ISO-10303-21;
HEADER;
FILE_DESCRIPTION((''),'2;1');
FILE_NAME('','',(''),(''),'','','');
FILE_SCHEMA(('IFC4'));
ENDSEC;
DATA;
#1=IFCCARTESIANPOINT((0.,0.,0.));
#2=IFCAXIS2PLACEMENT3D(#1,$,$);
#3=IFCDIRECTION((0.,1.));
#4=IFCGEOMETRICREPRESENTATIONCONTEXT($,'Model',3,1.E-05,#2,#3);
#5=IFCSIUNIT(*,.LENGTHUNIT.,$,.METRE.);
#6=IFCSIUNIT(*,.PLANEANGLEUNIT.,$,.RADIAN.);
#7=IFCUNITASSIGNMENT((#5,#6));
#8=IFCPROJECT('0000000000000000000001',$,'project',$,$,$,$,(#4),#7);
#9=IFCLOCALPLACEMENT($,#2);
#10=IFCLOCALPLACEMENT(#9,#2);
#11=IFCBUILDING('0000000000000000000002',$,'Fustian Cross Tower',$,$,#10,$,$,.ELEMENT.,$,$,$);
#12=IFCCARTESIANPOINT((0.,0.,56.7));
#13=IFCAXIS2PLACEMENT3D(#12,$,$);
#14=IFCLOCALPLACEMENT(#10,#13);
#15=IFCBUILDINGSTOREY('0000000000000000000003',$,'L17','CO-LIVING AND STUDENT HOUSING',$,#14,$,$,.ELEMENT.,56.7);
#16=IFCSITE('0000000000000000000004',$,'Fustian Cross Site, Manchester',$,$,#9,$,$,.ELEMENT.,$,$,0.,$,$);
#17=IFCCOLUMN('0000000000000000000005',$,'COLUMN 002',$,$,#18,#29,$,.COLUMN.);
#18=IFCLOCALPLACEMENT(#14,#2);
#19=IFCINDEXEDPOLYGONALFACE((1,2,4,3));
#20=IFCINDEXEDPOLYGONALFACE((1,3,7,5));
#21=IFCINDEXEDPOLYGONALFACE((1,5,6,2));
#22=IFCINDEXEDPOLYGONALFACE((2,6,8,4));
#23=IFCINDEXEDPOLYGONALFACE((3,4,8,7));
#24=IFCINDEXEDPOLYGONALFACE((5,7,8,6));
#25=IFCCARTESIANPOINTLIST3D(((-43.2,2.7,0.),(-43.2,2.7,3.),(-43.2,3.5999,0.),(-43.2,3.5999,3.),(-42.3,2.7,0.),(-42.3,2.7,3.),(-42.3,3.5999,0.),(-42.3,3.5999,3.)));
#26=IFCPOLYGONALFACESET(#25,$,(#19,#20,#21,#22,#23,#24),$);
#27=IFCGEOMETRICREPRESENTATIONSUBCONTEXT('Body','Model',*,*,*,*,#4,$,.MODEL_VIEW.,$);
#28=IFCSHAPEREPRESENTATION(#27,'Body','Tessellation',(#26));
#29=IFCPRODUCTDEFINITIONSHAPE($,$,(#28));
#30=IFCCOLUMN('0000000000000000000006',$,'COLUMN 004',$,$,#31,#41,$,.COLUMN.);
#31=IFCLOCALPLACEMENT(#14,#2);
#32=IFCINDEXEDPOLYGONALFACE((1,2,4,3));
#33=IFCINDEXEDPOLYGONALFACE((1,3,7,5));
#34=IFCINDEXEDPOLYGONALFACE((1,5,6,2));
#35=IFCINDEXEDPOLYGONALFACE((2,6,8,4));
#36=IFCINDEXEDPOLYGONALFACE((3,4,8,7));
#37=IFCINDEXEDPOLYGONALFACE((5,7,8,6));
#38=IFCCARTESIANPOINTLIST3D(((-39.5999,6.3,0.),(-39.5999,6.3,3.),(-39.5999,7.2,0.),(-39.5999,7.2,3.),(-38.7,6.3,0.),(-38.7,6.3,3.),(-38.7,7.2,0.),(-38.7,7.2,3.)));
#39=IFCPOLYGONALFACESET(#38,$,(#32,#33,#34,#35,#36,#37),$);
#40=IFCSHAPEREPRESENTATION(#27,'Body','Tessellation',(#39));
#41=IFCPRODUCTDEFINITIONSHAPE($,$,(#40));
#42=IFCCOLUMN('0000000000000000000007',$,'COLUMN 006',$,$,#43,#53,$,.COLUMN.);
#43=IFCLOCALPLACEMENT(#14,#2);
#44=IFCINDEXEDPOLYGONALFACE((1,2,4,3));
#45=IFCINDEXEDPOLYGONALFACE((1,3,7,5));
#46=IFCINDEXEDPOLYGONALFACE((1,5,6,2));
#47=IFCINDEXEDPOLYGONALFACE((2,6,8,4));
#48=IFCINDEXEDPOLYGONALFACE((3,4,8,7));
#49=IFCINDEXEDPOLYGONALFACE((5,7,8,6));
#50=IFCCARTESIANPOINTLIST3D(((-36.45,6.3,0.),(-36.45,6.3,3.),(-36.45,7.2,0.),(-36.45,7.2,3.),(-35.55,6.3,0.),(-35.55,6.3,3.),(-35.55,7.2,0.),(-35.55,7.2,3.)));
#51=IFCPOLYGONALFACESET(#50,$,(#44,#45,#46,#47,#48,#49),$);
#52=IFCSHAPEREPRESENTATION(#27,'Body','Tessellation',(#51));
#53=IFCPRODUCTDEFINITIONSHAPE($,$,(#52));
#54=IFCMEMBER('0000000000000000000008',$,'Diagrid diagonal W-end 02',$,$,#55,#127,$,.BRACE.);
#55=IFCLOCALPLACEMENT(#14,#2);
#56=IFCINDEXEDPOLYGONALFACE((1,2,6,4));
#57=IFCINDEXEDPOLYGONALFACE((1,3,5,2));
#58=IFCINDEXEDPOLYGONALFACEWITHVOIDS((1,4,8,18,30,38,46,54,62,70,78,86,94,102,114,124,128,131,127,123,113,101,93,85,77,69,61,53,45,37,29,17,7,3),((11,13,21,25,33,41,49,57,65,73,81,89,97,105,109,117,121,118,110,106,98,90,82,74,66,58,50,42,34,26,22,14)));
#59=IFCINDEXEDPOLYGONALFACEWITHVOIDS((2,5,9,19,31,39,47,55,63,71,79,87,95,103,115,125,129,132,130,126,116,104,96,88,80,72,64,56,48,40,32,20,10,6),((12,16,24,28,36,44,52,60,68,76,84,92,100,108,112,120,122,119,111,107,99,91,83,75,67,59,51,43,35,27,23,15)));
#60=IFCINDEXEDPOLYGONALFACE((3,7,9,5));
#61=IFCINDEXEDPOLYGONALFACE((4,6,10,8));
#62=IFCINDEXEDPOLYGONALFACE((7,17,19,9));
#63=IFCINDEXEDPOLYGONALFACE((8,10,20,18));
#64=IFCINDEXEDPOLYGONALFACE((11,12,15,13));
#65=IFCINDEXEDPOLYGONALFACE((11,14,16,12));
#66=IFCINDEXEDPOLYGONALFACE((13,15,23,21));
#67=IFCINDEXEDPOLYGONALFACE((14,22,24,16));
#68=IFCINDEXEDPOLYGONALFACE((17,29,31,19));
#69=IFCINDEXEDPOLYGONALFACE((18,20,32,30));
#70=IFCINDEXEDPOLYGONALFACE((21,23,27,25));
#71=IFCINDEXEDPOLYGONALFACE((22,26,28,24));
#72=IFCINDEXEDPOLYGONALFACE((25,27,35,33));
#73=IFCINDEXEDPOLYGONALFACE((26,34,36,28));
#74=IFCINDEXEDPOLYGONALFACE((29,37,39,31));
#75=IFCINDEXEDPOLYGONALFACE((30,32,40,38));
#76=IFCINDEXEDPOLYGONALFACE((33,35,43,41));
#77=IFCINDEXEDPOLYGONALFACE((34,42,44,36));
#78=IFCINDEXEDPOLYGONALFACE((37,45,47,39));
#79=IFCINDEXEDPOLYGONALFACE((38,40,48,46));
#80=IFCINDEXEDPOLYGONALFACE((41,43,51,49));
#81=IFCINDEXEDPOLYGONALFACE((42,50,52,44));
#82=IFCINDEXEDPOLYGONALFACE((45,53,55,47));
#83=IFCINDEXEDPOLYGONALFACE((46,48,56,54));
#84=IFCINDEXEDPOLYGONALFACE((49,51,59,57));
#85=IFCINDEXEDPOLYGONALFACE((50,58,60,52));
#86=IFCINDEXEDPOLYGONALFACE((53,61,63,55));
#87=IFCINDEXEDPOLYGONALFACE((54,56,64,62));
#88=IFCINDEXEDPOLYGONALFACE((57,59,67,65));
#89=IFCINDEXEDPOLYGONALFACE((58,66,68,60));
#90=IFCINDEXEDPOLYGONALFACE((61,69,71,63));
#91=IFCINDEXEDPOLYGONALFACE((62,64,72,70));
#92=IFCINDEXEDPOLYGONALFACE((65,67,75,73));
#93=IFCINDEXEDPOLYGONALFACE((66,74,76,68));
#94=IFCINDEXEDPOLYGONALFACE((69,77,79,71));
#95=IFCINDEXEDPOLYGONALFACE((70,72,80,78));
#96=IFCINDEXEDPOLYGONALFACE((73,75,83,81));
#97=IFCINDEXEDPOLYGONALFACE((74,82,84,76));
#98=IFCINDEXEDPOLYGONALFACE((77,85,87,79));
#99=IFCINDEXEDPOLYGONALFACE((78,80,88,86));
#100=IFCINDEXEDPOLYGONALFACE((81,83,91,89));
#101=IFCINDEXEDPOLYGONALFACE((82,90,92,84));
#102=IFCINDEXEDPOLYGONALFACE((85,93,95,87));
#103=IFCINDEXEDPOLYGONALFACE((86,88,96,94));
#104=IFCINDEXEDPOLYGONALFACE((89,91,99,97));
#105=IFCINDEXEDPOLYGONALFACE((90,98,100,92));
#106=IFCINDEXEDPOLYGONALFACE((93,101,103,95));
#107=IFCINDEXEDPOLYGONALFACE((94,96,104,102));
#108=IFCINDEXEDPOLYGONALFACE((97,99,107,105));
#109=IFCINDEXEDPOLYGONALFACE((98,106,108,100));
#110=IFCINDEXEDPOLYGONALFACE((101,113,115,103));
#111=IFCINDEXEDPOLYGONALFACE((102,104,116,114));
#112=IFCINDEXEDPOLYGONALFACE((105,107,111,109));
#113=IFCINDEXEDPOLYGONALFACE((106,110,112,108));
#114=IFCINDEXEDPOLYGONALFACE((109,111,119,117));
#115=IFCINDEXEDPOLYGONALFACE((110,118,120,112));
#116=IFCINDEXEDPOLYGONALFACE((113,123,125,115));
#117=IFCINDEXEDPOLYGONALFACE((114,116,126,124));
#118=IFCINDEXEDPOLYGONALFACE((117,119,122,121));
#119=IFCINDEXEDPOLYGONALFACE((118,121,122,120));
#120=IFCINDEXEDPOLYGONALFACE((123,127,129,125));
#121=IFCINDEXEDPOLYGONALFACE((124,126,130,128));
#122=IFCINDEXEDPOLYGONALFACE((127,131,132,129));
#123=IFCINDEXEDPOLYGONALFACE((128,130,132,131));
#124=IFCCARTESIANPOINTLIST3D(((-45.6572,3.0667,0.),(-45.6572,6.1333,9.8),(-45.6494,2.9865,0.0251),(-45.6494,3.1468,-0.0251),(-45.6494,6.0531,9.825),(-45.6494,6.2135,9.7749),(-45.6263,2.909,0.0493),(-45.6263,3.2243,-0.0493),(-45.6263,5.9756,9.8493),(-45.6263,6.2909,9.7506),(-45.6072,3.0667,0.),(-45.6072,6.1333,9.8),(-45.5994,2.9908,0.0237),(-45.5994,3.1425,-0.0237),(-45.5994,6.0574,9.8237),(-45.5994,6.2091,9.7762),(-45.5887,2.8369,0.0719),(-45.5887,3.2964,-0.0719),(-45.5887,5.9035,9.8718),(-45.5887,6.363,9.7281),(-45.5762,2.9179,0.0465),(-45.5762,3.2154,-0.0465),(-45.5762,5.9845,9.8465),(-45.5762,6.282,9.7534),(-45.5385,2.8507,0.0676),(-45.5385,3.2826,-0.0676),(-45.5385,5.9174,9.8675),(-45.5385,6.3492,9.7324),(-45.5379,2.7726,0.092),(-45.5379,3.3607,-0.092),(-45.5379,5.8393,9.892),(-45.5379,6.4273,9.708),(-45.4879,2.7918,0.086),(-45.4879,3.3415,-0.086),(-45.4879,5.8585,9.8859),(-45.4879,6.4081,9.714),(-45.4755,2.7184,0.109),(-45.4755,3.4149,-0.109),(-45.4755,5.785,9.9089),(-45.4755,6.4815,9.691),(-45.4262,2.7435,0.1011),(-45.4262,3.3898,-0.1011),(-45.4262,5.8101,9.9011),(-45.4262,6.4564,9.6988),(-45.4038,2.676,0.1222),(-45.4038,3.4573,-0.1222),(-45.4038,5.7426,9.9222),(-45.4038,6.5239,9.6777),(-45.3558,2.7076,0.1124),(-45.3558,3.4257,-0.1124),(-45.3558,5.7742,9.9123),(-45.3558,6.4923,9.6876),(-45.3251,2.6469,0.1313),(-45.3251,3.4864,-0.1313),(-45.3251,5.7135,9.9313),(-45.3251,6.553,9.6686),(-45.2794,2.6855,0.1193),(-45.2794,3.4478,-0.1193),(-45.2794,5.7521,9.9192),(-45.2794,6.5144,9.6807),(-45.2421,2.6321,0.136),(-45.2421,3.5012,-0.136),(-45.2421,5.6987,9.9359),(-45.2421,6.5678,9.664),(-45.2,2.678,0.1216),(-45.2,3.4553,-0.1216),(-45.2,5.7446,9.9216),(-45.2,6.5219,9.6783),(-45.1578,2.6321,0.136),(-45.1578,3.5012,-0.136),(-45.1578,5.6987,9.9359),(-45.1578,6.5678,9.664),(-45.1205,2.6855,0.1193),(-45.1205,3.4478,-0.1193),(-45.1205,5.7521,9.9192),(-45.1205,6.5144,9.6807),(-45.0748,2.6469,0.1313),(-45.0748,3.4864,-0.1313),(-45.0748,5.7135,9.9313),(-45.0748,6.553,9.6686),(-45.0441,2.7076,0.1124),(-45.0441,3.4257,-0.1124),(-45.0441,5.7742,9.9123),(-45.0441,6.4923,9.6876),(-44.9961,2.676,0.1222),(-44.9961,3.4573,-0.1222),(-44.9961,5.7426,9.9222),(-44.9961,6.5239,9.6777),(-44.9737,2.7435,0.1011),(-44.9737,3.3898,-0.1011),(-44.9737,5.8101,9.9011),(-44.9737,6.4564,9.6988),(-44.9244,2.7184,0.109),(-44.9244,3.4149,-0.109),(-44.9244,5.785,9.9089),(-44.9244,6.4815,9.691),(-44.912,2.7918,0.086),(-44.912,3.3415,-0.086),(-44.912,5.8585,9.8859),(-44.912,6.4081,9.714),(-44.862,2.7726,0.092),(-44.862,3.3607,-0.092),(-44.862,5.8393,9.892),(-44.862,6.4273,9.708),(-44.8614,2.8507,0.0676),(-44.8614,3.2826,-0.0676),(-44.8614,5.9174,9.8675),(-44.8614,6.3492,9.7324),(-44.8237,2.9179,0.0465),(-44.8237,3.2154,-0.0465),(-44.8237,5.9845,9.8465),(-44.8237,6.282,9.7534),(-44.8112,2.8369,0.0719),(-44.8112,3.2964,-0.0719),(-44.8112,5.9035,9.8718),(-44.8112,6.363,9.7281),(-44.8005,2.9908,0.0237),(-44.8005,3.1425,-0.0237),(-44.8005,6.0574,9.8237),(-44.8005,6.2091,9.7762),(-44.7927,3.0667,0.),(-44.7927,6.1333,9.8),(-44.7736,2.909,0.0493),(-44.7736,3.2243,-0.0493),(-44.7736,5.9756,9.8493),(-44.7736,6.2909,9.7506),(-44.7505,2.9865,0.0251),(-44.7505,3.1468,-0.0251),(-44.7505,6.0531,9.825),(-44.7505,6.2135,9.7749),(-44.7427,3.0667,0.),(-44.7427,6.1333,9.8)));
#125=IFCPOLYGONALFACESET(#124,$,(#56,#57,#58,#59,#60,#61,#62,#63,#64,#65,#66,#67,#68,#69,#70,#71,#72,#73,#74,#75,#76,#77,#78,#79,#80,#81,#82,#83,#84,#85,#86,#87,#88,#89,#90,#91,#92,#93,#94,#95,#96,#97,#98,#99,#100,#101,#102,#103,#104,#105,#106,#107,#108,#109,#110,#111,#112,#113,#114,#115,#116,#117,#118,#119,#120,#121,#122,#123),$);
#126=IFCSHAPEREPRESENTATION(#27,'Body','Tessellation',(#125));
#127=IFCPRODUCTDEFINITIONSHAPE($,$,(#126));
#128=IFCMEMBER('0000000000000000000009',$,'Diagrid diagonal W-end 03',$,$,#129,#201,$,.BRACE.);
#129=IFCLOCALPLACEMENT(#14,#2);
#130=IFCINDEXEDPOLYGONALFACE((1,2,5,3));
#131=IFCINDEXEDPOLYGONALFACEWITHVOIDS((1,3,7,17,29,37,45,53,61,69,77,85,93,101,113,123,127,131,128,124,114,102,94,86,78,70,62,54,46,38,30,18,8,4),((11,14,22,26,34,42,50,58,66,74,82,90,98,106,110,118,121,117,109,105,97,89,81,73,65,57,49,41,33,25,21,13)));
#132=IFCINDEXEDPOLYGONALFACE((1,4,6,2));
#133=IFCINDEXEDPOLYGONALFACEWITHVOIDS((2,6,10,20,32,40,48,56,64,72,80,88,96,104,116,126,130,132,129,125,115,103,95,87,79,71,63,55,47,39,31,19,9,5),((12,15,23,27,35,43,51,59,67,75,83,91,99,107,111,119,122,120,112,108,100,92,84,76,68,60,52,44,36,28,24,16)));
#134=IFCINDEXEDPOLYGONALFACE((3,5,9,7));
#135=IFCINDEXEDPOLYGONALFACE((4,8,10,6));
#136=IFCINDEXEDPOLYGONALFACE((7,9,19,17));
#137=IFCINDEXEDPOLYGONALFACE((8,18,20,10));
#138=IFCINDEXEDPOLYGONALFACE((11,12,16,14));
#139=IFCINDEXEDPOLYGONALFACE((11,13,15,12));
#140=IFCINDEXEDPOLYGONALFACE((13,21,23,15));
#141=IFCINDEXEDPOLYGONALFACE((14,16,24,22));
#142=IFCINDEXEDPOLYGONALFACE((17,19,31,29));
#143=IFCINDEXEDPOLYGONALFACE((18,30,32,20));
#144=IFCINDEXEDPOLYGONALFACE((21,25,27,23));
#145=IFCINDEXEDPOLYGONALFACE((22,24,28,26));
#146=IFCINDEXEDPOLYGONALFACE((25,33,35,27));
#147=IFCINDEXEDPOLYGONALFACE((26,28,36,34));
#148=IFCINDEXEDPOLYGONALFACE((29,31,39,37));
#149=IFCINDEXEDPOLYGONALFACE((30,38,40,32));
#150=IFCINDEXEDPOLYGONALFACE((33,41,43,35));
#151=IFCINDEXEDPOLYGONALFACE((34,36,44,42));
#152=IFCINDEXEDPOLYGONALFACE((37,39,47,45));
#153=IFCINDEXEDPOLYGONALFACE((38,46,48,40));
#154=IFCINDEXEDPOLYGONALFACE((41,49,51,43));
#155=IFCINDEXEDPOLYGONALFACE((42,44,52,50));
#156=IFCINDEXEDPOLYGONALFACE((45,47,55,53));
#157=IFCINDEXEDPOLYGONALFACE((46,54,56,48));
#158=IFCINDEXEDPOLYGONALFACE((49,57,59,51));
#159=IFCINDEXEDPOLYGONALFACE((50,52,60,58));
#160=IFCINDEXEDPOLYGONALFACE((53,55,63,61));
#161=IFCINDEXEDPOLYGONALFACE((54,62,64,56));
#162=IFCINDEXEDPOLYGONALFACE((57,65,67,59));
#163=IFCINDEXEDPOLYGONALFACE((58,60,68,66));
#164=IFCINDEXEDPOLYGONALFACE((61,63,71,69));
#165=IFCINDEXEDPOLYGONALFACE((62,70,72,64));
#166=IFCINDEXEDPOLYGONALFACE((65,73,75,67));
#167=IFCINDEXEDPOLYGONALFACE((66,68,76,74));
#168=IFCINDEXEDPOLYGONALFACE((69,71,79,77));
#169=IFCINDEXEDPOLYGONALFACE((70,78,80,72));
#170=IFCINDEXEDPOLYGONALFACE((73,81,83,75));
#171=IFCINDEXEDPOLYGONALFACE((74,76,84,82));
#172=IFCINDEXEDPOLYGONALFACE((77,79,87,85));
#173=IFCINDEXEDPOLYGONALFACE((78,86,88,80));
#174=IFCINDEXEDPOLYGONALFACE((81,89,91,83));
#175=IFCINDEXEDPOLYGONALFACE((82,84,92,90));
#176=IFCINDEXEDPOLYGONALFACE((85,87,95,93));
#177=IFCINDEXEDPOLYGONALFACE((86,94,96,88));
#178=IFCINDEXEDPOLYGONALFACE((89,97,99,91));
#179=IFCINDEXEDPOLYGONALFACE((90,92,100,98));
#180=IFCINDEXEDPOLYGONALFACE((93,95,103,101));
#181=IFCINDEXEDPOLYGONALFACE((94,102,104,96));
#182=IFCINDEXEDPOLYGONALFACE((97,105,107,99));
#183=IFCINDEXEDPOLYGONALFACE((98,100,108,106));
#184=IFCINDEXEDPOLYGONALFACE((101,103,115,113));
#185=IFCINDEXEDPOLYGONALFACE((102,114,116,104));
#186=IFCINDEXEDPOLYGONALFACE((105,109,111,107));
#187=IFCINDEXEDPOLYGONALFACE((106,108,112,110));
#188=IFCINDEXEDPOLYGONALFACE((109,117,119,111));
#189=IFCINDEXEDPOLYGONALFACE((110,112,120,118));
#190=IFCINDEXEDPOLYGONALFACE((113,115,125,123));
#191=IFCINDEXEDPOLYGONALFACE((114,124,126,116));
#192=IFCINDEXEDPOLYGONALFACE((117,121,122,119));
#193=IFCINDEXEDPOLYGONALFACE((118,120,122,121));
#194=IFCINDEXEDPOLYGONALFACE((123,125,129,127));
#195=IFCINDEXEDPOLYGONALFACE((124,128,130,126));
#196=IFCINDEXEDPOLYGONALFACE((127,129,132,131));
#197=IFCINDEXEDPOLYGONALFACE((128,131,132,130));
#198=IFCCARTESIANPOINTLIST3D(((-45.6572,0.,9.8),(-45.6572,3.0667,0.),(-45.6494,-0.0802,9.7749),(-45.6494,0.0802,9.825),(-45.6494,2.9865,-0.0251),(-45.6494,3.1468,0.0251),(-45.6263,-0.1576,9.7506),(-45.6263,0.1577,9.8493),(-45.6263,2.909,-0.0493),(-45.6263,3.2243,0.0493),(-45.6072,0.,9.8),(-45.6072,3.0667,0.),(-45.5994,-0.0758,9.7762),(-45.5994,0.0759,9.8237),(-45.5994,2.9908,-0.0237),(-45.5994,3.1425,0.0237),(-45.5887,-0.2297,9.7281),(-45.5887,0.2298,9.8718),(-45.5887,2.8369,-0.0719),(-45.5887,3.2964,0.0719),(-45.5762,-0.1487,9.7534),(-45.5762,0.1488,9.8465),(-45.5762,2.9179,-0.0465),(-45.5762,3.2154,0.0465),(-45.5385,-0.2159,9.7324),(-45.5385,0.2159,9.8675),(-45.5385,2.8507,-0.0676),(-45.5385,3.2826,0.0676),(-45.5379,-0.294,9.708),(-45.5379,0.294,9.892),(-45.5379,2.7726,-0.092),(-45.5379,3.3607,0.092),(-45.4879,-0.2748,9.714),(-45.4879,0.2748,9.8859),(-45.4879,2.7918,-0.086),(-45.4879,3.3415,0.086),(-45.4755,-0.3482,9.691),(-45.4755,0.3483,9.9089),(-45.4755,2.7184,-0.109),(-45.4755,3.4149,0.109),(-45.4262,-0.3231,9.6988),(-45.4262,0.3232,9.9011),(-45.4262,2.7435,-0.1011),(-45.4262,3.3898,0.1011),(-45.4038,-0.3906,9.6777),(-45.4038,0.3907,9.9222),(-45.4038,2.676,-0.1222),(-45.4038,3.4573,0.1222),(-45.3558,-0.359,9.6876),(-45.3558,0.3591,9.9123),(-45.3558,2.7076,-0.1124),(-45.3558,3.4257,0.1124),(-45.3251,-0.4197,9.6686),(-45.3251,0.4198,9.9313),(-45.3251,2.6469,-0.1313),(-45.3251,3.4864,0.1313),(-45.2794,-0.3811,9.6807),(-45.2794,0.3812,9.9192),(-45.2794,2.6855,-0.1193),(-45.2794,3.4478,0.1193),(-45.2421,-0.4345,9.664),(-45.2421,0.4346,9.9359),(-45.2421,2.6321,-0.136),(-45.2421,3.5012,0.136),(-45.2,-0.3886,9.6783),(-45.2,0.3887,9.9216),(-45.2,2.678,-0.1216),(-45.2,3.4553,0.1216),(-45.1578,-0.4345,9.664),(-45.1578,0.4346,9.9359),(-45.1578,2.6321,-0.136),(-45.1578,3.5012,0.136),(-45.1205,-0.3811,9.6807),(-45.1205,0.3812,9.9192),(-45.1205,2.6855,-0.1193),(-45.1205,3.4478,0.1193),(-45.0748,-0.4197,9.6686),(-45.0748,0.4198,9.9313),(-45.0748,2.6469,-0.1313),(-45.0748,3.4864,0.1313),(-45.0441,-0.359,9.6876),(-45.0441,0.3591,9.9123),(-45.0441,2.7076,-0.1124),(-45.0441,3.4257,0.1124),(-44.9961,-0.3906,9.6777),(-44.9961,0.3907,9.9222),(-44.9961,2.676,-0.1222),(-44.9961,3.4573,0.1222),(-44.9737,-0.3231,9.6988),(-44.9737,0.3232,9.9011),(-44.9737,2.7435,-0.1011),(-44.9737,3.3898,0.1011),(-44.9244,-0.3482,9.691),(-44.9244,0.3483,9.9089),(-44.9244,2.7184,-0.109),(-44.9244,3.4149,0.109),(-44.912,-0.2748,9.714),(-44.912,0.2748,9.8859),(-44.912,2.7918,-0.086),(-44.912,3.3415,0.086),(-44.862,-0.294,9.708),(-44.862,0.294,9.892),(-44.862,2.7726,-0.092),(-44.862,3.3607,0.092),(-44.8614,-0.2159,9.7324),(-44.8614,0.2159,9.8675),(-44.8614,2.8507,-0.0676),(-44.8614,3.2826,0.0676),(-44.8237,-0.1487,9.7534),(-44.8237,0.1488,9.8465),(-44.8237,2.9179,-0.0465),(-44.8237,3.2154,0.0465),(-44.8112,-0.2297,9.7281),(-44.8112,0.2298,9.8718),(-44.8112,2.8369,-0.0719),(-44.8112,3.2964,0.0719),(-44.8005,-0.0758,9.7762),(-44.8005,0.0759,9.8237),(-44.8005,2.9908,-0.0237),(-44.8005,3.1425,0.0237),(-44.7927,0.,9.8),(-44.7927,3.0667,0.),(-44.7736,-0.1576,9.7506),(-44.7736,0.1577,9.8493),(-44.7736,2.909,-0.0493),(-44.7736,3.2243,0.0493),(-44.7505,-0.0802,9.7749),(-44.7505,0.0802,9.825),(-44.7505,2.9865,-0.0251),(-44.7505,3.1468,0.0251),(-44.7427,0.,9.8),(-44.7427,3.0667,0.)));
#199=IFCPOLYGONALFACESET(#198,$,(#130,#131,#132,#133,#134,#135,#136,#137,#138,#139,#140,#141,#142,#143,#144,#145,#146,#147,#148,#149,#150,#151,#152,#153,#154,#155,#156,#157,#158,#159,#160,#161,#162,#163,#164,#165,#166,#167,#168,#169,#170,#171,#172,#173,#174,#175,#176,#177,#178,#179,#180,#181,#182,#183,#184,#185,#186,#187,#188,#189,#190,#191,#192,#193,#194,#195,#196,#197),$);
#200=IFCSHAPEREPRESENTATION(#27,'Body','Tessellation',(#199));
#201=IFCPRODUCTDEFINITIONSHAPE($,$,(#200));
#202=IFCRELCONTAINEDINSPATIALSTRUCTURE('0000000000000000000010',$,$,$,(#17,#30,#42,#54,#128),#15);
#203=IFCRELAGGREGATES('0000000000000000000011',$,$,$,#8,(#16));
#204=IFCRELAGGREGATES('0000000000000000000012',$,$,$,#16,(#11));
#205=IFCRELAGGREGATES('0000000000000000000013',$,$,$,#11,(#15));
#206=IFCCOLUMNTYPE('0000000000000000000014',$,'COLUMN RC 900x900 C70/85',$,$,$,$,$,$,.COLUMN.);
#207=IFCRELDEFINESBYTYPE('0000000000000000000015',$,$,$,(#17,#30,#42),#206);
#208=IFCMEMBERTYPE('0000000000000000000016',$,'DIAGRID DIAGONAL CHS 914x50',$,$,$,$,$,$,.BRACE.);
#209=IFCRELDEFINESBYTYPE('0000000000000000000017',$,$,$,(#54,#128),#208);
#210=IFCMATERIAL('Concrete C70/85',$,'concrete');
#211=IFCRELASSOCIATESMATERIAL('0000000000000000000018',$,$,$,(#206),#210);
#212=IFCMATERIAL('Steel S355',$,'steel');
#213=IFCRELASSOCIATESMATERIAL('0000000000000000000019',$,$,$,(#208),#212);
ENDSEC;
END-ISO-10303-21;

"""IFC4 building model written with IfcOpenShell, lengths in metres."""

from ifc_helpers import new_model, si_unit, direction, frame, origin, origin_2d, place, context, subcontext, project, spatial, rectangle, hollow_circle, extrude, material, material_profile, profile_set, type_object, element, save


model = new_model("IFC4")

# Units and contexts
model_context = context("Model", 3, precision=1e-05, world=origin(), true_north=direction((0.0, 1.0)))
body_context = subcontext(model_context, "Body", "Model", "MODEL_VIEW")
ifc_project = project(units=[si_unit("LENGTHUNIT", "METRE"), si_unit("PLANEANGLEUNIT", "RADIAN")], contexts=[model_context])

# Site, building, storey
site_placement = place(None, origin())
site = spatial("IfcSite", under=ifc_project, at=site_placement, Name="Fustian Cross Site, Manchester", CompositionType="ELEMENT", RefElevation=0.0)
building_placement = place(site_placement, origin())
building = spatial("IfcBuilding", under=site, at=building_placement, Name="Fustian Cross Tower", CompositionType="ELEMENT")
storey_placement = place(building_placement, frame((0.0, 0.0, 56.7)))
storey = spatial("IfcBuildingStorey", under=building, at=storey_placement, Name="L17", Description="CO-LIVING AND STUDENT HOUSING", CompositionType="ELEMENT", Elevation=56.7)

# Columns
ifc_material_1 = material(Name="Concrete C70/85", Category="concrete")
ifc_material_profile_1 = material_profile(ifc_material_1, rectangle(XDim=0.8999, YDim=0.8999, at=origin_2d()), Name="RC 900x900")
ifc_profile_set_1 = profile_set([ifc_material_profile_1], Name="Concrete C70/85")
column_type = type_object("IfcColumnType", Name="COLUMN RC 900x900 C70/85", PredefinedType="COLUMN", material=ifc_profile_set_1)
for number, where, z_axis, x_axis, name in (
    (1, (-42.75, 3.1499, 0.0), (0.0, 0.0, 1.0), (1.0, 0.0, 0.0), "COLUMN 002"),
    (2, (-39.1499, 6.75, 0.0), (0.0, 0.0, 1.0), (1.0, 0.0, 0.0), "COLUMN 004"),
    (3, (-36.0, 6.75, 0.0), (0.0, 0.0, 1.0), (1.0, 0.0, 0.0), "COLUMN 006"),
):
    element("IfcColumn", number, at=place(storey_placement, frame(where, z_axis=z_axis, x_axis=x_axis)), inside=storey, type_object=column_type, Name=name, PredefinedType="COLUMN", context=body_context, shape_type="SweptSolid", body=[
        extrude(rectangle(XDim=0.8999, YDim=0.8999, at=origin_2d()), origin(), (0.0, 0.0, 1.0), 3.0),
    ])

# Members
ifc_material_2 = material(Name="Steel S355", Category="steel")
ifc_material_profile_2 = material_profile(ifc_material_2, hollow_circle(Radius=0.4573, WallThickness=0.05, at=origin_2d()), Name="CHS 914x50")
ifc_profile_set_2 = profile_set([ifc_material_profile_2], Name="Steel S355")
member_type = type_object("IfcMemberType", Name="DIAGRID DIAGONAL CHS 914x50", PredefinedType="BRACE", material=ifc_profile_set_2)
for number, where, z_axis, x_axis, name in (
    (4, (-45.2, 3.0667, 0.0), (0.0, 0.298642, 0.954365), (-1.0, 0.0, 0.0), "Diagrid diagonal W-end 02"),
    (5, (-45.2, 3.0667, 0.0), (0.0, -0.298642, 0.954365), (1.0, 0.0, 0.0), "Diagrid diagonal W-end 03"),
):
    element("IfcMember", number, at=place(storey_placement, frame(where, z_axis=z_axis, x_axis=x_axis)), inside=storey, type_object=member_type, Name=name, PredefinedType="BRACE", context=body_context, shape_type="SweptSolid", body=[
        extrude(hollow_circle(Radius=0.4573, WallThickness=0.05, at=origin_2d()), origin(), (0.0, 0.0, 1.0), 10.2686),
    ])

save(model, "model.ifc")
